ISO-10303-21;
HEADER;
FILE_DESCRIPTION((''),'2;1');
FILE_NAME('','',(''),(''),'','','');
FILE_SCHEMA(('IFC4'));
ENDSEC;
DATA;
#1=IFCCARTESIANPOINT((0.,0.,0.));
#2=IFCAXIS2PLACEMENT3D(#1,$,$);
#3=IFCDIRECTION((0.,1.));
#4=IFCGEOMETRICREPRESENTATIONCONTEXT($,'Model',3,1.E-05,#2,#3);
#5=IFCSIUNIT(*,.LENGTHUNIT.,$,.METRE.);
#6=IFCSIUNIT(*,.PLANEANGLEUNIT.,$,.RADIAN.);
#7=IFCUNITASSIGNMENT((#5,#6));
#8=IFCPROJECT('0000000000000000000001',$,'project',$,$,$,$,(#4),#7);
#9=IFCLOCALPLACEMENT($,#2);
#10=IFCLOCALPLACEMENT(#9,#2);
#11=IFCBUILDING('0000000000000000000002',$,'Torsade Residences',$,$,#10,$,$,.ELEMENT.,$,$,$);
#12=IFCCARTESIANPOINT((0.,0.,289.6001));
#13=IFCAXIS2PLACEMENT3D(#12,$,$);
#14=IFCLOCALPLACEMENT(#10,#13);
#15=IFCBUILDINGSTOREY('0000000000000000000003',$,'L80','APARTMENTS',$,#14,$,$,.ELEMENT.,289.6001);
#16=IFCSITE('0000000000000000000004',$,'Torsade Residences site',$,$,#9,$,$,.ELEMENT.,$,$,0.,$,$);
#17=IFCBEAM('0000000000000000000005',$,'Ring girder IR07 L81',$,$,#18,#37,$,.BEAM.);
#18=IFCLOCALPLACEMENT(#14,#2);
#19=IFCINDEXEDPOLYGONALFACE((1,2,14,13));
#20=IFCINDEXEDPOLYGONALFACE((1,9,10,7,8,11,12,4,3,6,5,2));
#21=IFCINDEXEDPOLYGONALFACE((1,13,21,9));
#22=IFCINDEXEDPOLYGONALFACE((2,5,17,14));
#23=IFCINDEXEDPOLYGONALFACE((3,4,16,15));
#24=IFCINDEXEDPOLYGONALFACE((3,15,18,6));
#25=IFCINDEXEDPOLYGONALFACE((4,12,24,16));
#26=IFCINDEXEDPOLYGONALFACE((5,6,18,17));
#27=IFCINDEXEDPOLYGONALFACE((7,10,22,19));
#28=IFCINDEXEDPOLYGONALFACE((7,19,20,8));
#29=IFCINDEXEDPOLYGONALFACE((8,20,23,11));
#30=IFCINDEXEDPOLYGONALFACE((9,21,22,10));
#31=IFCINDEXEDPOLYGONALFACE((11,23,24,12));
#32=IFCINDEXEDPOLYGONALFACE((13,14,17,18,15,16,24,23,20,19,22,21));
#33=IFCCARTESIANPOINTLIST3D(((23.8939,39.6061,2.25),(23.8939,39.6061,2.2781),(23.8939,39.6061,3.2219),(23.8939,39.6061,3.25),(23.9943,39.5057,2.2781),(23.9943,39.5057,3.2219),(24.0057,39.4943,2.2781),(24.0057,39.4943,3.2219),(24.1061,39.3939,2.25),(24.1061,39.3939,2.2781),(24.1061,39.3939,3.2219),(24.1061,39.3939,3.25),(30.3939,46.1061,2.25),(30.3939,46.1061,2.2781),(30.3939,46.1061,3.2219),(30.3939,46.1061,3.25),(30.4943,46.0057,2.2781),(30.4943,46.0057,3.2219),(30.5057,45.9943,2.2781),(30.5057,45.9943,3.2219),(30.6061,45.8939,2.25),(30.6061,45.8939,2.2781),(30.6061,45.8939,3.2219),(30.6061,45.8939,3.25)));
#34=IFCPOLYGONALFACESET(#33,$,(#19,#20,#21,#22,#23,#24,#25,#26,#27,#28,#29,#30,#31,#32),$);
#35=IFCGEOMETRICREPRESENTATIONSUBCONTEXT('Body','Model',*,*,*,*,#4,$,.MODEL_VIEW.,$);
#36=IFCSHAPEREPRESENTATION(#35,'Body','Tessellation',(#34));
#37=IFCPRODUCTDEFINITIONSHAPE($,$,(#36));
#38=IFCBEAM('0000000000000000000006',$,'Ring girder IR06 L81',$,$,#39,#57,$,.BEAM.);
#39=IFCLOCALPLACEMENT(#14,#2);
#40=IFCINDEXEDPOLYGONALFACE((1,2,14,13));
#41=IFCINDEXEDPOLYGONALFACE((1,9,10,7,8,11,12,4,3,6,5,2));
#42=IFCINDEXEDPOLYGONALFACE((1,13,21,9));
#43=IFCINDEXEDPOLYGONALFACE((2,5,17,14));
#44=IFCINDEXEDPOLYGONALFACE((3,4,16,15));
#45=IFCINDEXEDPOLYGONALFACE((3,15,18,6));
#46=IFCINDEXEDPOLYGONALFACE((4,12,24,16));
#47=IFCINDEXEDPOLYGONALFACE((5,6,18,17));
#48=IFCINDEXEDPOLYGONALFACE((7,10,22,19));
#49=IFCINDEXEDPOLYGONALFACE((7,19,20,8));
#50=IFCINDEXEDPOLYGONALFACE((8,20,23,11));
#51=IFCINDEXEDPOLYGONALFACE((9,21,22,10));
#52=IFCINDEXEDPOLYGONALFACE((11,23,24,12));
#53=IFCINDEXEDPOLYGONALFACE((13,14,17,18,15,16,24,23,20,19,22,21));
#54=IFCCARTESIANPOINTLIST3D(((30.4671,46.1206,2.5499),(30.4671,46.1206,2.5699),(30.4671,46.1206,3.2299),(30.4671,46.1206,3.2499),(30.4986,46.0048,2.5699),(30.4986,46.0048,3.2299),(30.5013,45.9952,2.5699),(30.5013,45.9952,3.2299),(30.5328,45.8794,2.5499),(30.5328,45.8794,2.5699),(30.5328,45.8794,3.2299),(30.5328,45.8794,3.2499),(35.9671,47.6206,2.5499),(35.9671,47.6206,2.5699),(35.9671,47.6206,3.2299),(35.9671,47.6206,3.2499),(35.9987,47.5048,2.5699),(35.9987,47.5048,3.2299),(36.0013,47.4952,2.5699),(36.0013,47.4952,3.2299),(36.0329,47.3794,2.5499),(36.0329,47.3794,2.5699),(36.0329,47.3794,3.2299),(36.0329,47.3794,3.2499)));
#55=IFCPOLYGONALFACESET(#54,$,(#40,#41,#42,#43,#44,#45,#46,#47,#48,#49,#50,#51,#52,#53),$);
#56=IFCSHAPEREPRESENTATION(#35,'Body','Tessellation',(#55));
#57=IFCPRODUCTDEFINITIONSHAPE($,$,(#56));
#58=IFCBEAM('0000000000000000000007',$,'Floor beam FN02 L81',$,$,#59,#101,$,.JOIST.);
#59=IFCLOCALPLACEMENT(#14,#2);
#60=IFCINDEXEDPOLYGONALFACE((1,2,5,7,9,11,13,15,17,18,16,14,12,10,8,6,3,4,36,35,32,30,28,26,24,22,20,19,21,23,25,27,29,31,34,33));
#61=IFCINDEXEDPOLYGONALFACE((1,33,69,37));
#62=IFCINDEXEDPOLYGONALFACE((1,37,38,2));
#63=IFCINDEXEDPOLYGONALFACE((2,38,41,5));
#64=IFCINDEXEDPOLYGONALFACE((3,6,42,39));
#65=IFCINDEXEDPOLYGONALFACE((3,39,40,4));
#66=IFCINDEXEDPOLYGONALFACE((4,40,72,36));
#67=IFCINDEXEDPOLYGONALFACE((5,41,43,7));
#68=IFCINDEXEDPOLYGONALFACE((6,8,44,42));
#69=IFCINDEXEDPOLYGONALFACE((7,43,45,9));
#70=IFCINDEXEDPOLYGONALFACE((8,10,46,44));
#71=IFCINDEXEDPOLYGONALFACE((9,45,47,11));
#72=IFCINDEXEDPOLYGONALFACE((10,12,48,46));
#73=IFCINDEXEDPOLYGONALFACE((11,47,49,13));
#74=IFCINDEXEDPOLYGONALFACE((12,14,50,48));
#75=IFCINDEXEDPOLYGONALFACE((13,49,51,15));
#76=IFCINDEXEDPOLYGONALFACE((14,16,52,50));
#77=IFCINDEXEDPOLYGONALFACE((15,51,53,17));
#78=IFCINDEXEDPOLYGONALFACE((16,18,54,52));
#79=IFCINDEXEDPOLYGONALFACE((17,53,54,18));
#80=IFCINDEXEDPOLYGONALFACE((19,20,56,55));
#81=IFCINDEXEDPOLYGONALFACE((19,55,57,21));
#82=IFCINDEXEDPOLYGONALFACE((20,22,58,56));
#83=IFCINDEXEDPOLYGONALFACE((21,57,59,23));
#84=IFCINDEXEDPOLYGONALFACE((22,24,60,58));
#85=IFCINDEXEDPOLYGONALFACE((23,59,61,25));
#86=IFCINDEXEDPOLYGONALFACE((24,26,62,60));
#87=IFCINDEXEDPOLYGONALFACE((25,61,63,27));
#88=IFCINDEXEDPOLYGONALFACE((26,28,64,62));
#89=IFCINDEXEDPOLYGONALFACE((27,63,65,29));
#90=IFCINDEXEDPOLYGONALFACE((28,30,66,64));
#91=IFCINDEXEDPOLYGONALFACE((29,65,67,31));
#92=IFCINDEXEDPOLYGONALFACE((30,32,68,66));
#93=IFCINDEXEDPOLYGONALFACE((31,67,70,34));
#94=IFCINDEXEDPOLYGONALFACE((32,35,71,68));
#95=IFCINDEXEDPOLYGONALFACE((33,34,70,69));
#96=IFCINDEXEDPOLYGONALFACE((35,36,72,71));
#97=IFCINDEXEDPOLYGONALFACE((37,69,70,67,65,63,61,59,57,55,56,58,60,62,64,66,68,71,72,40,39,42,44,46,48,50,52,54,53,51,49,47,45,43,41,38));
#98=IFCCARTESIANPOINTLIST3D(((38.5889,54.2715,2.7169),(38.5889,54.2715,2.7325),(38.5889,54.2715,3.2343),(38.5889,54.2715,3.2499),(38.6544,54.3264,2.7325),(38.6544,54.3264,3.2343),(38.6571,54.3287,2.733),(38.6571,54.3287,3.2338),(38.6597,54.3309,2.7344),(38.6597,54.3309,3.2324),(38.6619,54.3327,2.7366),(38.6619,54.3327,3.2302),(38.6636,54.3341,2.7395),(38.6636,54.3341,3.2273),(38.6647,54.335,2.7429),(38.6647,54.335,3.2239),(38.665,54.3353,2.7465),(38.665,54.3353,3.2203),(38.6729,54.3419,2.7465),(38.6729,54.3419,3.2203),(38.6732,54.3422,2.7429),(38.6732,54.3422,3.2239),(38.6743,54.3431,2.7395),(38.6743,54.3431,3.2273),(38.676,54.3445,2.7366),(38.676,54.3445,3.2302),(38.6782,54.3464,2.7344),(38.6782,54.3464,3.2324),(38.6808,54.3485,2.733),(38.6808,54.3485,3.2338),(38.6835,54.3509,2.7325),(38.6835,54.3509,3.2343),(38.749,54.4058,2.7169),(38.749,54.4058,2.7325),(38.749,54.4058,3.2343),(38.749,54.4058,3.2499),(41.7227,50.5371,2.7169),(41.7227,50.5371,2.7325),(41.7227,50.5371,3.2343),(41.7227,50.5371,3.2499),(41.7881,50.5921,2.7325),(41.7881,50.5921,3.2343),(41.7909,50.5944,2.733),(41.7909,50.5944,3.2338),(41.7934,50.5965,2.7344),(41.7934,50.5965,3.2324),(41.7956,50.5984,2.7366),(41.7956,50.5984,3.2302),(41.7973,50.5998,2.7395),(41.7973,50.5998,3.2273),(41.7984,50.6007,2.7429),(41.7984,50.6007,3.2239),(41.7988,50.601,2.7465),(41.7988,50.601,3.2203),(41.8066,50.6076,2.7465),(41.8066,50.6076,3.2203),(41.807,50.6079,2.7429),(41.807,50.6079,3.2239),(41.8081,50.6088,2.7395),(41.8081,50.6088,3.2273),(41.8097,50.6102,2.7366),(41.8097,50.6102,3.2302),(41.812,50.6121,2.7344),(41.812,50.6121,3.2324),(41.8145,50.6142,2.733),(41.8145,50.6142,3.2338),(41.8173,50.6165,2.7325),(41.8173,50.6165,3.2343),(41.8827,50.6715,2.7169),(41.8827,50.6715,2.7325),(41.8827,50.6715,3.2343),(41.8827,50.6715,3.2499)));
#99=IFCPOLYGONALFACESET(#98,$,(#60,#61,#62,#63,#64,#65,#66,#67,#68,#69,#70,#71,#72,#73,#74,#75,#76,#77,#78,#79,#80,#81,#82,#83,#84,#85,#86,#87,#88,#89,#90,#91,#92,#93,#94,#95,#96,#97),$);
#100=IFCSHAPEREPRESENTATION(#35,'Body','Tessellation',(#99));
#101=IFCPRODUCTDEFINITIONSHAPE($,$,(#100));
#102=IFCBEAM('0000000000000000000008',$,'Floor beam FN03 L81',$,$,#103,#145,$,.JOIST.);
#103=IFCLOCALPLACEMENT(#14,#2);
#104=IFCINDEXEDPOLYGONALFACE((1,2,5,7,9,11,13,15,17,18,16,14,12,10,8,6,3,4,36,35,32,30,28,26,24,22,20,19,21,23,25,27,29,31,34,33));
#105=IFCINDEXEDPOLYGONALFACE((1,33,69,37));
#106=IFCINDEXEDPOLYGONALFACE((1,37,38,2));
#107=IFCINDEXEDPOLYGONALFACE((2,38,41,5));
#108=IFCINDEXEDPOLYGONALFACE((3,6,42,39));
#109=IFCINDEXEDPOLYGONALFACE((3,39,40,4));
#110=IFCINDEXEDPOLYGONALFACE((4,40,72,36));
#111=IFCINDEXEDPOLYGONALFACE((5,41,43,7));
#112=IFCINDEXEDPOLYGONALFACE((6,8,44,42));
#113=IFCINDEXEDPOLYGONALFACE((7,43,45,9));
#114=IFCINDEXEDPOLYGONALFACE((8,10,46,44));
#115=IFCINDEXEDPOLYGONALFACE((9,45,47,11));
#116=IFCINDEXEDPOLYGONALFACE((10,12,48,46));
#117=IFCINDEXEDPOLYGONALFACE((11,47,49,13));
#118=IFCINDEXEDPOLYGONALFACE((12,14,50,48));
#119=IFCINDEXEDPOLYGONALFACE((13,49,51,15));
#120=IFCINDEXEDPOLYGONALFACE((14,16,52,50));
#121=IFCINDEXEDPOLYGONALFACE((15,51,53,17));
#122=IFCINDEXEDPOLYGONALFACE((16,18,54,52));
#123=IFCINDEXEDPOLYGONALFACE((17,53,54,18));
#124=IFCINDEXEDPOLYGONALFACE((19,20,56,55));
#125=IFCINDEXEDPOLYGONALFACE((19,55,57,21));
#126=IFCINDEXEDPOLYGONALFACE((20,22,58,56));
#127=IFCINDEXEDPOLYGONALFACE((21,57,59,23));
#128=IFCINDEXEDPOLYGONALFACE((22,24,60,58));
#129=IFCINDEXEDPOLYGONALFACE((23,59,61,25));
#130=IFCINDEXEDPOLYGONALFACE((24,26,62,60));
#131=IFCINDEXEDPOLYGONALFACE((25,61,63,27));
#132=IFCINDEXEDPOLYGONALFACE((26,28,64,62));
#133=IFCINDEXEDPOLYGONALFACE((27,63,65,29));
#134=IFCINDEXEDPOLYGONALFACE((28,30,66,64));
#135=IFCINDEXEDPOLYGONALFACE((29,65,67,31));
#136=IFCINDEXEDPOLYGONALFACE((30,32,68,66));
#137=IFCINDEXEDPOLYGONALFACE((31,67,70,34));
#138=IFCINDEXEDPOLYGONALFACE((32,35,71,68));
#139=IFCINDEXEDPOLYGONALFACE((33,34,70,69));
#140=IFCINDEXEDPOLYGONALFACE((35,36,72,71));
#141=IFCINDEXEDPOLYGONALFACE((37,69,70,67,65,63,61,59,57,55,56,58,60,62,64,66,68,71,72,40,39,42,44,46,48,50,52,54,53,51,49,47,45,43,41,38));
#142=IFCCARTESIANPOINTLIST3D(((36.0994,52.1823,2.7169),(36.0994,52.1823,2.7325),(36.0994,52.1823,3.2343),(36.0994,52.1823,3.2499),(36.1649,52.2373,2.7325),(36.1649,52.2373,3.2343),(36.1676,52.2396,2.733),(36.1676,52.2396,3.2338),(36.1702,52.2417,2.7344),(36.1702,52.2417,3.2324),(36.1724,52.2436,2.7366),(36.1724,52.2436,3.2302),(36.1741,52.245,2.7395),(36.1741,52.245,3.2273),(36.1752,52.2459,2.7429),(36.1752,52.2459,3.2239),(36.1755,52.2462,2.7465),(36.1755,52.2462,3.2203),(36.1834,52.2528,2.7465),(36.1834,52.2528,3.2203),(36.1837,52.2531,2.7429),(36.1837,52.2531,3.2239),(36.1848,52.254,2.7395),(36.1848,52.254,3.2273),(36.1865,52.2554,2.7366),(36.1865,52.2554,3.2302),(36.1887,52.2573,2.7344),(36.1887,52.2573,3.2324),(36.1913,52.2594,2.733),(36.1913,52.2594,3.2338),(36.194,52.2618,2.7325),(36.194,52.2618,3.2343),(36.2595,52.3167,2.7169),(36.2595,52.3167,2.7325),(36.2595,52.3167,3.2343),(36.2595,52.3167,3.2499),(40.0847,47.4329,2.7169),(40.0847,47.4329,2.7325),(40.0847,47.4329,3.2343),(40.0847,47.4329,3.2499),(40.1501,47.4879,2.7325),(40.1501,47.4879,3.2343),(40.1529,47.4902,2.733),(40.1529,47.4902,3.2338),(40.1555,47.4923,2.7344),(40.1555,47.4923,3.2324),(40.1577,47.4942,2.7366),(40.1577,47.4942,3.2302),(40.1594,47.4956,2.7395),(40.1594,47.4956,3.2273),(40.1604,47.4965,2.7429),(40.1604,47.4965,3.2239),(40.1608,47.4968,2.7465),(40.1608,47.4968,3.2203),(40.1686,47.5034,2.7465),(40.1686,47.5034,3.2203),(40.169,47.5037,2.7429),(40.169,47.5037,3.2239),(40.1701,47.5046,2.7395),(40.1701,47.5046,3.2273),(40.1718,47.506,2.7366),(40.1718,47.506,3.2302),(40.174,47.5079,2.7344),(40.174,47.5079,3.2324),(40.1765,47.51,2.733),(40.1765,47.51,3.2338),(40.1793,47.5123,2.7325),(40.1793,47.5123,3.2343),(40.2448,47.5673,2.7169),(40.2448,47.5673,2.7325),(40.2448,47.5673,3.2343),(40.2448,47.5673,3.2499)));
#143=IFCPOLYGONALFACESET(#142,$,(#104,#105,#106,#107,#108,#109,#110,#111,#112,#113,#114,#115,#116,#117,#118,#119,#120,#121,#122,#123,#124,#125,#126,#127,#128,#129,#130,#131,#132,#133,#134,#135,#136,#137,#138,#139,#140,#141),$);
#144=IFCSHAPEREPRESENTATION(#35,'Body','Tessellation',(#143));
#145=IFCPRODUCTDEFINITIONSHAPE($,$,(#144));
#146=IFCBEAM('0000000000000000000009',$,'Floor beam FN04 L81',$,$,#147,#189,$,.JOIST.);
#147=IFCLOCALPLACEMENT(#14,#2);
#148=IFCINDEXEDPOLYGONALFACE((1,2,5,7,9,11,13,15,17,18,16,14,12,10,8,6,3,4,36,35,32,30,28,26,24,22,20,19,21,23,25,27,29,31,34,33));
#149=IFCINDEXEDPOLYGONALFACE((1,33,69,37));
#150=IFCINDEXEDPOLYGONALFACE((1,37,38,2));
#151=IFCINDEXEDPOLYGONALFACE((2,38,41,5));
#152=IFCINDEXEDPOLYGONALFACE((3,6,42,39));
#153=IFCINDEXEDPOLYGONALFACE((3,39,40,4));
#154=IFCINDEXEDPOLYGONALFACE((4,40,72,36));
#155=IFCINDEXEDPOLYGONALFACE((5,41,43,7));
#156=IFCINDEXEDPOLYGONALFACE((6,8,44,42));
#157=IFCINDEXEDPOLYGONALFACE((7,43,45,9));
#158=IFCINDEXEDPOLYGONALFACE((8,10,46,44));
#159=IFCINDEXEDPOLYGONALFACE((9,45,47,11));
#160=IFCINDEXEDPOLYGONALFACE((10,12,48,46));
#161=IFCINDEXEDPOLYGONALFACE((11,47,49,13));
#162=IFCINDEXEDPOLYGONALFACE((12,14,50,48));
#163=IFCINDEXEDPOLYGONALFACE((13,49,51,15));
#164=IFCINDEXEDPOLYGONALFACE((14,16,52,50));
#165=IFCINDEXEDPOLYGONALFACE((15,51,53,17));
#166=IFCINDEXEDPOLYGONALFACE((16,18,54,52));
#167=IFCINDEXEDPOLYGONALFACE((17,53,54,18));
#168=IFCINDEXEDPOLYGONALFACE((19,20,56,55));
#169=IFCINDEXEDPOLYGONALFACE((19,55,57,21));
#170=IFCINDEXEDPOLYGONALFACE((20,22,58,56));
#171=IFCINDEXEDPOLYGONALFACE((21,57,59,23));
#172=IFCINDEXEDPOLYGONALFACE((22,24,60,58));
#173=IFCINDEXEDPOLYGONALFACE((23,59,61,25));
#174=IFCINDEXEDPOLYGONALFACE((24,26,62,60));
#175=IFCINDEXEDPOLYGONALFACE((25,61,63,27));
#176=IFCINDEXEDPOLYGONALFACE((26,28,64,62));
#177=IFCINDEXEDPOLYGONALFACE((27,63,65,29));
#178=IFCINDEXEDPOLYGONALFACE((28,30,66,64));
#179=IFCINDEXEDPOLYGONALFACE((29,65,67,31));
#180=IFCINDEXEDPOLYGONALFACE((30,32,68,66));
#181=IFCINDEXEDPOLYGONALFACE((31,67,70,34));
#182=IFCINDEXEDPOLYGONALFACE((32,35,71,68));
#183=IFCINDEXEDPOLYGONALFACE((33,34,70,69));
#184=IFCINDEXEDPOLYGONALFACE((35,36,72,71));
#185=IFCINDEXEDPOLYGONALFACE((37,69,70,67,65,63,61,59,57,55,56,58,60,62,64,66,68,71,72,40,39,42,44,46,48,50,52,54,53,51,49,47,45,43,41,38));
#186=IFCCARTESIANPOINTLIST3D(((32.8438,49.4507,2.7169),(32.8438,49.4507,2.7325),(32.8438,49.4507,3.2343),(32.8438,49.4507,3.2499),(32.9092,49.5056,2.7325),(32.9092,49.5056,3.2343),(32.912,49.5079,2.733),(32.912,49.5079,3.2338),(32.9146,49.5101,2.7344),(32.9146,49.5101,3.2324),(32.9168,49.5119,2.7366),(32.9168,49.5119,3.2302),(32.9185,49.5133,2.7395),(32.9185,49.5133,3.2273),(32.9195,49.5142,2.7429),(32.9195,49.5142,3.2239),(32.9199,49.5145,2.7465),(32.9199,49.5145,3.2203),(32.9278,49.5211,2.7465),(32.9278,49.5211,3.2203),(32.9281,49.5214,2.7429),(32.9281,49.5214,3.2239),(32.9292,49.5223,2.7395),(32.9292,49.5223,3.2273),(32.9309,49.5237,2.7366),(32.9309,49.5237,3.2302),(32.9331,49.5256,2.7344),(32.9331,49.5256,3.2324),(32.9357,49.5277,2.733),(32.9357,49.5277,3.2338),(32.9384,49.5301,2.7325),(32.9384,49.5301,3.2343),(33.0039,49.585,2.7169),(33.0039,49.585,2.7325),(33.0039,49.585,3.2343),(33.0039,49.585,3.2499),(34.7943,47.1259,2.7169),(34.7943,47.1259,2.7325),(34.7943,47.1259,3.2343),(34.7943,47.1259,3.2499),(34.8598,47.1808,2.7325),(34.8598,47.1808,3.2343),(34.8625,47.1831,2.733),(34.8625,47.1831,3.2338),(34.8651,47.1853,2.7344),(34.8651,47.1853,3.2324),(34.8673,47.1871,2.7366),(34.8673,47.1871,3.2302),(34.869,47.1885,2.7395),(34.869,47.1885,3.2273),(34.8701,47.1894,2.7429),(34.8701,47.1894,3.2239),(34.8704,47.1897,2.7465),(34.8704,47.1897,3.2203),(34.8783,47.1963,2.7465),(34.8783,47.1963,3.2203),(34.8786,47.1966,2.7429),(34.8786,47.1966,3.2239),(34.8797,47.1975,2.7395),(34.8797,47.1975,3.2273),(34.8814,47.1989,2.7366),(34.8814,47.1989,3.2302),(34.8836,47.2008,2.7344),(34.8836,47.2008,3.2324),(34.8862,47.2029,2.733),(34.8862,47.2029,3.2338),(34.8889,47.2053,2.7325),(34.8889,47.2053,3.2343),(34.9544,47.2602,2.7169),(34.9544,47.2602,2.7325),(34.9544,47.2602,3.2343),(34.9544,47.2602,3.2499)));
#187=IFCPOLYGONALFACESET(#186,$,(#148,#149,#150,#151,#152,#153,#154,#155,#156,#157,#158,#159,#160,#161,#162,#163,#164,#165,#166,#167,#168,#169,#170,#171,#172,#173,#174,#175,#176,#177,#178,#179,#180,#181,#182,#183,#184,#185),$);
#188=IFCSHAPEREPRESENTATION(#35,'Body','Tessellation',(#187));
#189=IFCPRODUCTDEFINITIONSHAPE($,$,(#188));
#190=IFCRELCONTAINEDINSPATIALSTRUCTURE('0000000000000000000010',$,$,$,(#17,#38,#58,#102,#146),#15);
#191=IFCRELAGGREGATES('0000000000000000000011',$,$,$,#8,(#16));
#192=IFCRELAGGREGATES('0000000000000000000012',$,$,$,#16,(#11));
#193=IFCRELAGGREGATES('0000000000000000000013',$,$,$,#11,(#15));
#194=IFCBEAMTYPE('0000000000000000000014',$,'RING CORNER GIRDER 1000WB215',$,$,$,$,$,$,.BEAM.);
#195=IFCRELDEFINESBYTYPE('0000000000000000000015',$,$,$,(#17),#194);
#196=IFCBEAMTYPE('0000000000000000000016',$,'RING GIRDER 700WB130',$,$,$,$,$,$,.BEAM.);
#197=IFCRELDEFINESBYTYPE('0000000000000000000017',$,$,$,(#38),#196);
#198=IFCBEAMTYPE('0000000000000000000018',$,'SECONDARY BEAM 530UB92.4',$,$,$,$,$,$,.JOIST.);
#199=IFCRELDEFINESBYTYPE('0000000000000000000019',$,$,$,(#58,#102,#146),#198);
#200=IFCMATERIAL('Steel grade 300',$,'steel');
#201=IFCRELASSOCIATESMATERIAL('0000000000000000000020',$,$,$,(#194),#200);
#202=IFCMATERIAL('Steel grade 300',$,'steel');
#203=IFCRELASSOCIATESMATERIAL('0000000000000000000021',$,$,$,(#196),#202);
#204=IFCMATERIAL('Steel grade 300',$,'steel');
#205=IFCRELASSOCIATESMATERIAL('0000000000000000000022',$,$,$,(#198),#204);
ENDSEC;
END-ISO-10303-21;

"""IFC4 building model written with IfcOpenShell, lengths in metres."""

from ifc_helpers import new_model, si_unit, direction, frame, origin, origin_2d, place, context, subcontext, project, spatial, i_section, extrude, material, material_profile, profile_set, type_object, element, save


model = new_model("IFC4")

# Units and contexts
model_context = context("Model", 3, precision=1e-05, world=origin(), true_north=direction((0.0, 1.0)))
body_context = subcontext(model_context, "Body", "Model", "MODEL_VIEW")
ifc_project = project(units=[si_unit("LENGTHUNIT", "METRE"), si_unit("PLANEANGLEUNIT", "RADIAN")], contexts=[model_context])

# Site, building, storey
site_placement = place(None, origin())
site = spatial("IfcSite", under=ifc_project, at=site_placement, Name="Torsade Residences site", CompositionType="ELEMENT", RefElevation=0.0)
building_placement = place(site_placement, origin())
building = spatial("IfcBuilding", under=site, at=building_placement, Name="Torsade Residences", CompositionType="ELEMENT")
storey_placement = place(building_placement, frame((0.0, 0.0, 289.6001)))
storey = spatial("IfcBuildingStorey", under=building, at=storey_placement, Name="L80", Description="APARTMENTS", CompositionType="ELEMENT", Elevation=289.6001)

# Beams
ifc_material_1 = material(Name="Steel grade 300", Category="steel")
ifc_material_profile_1 = material_profile(ifc_material_1, i_section(OverallWidth=0.3, OverallDepth=1.0, WebThickness=0.0161, FlangeThickness=0.0281, at=origin_2d()), Name="1000WB215")
ifc_profile_set_1 = profile_set([ifc_material_profile_1], Name="Steel grade 300")
beam_type_1 = type_object("IfcBeamType", Name="RING CORNER GIRDER 1000WB215", PredefinedType="BEAM", material=ifc_profile_set_1)
beam_1_placement = place(storey_placement, frame((30.5, 46.0, 2.75), z_axis=(-0.707107, -0.707107, 0.0), x_axis=(0.707107, -0.707107, 0.0)))
element("IfcBeam", 1, at=beam_1_placement, inside=storey, type_object=beam_type_1, Name="Ring girder IR07 L81", PredefinedType="BEAM", context=body_context, shape_type="SweptSolid", body=[
    extrude(i_section(OverallWidth=0.3, OverallDepth=1.0, WebThickness=0.0161, FlangeThickness=0.0281, at=origin_2d()), origin(), (0.0, 0.0, 1.0), 9.1924),
])
ifc_material_2 = material(Name="Steel grade 300", Category="steel")
ifc_material_profile_2 = material_profile(ifc_material_2, i_section(OverallWidth=0.25, OverallDepth=0.7, WebThickness=0.01, FlangeThickness=0.02, at=origin_2d()), Name="700WB130")
ifc_profile_set_2 = profile_set([ifc_material_profile_2], Name="Steel grade 300")
beam_type_2 = type_object("IfcBeamType", Name="RING GIRDER 700WB130", PredefinedType="BEAM", material=ifc_profile_set_2)
beam_2_placement = place(storey_placement, frame((36.0, 47.5, 2.8999), z_axis=(-0.964764, -0.263117, 0.0), x_axis=(0.263117, -0.964764, 0.0)))
element("IfcBeam", 2, at=beam_2_placement, inside=storey, type_object=beam_type_2, Name="Ring girder IR06 L81", PredefinedType="BEAM", context=body_context, shape_type="SweptSolid", body=[
    extrude(i_section(OverallWidth=0.25, OverallDepth=0.7, WebThickness=0.01, FlangeThickness=0.02, at=origin_2d()), origin(), (0.0, 0.0, 1.0), 5.7009),
])
ifc_material_3 = material(Name="Steel grade 300", Category="steel")
ifc_material_profile_3 = material_profile(ifc_material_3, i_section(OverallWidth=0.209, OverallDepth=0.533, WebThickness=0.0103, FlangeThickness=0.0156, FilletRadius=0.0139, at=origin_2d()), Name="530UB92.4")
ifc_profile_set_3 = profile_set([ifc_material_profile_3], Name="Steel grade 300")
beam_type_3 = type_object("IfcBeamType", Name="SECONDARY BEAM 530UB92.4", PredefinedType="JOIST", material=ifc_profile_set_3)
beam_3_placement = place(storey_placement, frame((38.6689, 54.3386, 2.9834), z_axis=(0.642821, -0.766017, 0.0), x_axis=(0.766017, 0.642821, 0.0)))
element("IfcBeam", 3, at=beam_3_placement, inside=storey, type_object=beam_type_3, Name="Floor beam FN02 L81", PredefinedType="JOIST", context=body_context, shape_type="SweptSolid", body=[
    extrude(i_section(OverallWidth=0.209, OverallDepth=0.533, WebThickness=0.0103, FlangeThickness=0.0156, FilletRadius=0.0139, at=origin_2d()), origin(), (0.0, 0.0, 1.0), 4.875),
])
beam_4_placement = place(storey_placement, frame((36.1794, 52.2495, 2.9834), z_axis=(0.642791, -0.766041, 0.0), x_axis=(0.766041, 0.642791, 0.0)))
element("IfcBeam", 4, at=beam_4_placement, inside=storey, type_object=beam_type_3, Name="Floor beam FN03 L81", PredefinedType="JOIST", context=body_context, shape_type="SweptSolid", body=[
    extrude(i_section(OverallWidth=0.209, OverallDepth=0.533, WebThickness=0.0103, FlangeThickness=0.0156, FilletRadius=0.0139, at=origin_2d()), origin(), (0.0, 0.0, 1.0), 6.2),
])
beam_5_placement = place(storey_placement, frame((32.9238, 49.5178, 2.9834), z_axis=(0.642745, -0.76608, 0.0), x_axis=(0.76608, 0.642745, 0.0)))
element("IfcBeam", 5, at=beam_5_placement, inside=storey, type_object=beam_type_3, Name="Floor beam FN04 L81", PredefinedType="JOIST", context=body_context, shape_type="SweptSolid", body=[
    extrude(i_section(OverallWidth=0.209, OverallDepth=0.533, WebThickness=0.0103, FlangeThickness=0.0156, FilletRadius=0.0139, at=origin_2d()), origin(), (0.0, 0.0, 1.0), 3.0347),
])

save(model, "model.ifc")
